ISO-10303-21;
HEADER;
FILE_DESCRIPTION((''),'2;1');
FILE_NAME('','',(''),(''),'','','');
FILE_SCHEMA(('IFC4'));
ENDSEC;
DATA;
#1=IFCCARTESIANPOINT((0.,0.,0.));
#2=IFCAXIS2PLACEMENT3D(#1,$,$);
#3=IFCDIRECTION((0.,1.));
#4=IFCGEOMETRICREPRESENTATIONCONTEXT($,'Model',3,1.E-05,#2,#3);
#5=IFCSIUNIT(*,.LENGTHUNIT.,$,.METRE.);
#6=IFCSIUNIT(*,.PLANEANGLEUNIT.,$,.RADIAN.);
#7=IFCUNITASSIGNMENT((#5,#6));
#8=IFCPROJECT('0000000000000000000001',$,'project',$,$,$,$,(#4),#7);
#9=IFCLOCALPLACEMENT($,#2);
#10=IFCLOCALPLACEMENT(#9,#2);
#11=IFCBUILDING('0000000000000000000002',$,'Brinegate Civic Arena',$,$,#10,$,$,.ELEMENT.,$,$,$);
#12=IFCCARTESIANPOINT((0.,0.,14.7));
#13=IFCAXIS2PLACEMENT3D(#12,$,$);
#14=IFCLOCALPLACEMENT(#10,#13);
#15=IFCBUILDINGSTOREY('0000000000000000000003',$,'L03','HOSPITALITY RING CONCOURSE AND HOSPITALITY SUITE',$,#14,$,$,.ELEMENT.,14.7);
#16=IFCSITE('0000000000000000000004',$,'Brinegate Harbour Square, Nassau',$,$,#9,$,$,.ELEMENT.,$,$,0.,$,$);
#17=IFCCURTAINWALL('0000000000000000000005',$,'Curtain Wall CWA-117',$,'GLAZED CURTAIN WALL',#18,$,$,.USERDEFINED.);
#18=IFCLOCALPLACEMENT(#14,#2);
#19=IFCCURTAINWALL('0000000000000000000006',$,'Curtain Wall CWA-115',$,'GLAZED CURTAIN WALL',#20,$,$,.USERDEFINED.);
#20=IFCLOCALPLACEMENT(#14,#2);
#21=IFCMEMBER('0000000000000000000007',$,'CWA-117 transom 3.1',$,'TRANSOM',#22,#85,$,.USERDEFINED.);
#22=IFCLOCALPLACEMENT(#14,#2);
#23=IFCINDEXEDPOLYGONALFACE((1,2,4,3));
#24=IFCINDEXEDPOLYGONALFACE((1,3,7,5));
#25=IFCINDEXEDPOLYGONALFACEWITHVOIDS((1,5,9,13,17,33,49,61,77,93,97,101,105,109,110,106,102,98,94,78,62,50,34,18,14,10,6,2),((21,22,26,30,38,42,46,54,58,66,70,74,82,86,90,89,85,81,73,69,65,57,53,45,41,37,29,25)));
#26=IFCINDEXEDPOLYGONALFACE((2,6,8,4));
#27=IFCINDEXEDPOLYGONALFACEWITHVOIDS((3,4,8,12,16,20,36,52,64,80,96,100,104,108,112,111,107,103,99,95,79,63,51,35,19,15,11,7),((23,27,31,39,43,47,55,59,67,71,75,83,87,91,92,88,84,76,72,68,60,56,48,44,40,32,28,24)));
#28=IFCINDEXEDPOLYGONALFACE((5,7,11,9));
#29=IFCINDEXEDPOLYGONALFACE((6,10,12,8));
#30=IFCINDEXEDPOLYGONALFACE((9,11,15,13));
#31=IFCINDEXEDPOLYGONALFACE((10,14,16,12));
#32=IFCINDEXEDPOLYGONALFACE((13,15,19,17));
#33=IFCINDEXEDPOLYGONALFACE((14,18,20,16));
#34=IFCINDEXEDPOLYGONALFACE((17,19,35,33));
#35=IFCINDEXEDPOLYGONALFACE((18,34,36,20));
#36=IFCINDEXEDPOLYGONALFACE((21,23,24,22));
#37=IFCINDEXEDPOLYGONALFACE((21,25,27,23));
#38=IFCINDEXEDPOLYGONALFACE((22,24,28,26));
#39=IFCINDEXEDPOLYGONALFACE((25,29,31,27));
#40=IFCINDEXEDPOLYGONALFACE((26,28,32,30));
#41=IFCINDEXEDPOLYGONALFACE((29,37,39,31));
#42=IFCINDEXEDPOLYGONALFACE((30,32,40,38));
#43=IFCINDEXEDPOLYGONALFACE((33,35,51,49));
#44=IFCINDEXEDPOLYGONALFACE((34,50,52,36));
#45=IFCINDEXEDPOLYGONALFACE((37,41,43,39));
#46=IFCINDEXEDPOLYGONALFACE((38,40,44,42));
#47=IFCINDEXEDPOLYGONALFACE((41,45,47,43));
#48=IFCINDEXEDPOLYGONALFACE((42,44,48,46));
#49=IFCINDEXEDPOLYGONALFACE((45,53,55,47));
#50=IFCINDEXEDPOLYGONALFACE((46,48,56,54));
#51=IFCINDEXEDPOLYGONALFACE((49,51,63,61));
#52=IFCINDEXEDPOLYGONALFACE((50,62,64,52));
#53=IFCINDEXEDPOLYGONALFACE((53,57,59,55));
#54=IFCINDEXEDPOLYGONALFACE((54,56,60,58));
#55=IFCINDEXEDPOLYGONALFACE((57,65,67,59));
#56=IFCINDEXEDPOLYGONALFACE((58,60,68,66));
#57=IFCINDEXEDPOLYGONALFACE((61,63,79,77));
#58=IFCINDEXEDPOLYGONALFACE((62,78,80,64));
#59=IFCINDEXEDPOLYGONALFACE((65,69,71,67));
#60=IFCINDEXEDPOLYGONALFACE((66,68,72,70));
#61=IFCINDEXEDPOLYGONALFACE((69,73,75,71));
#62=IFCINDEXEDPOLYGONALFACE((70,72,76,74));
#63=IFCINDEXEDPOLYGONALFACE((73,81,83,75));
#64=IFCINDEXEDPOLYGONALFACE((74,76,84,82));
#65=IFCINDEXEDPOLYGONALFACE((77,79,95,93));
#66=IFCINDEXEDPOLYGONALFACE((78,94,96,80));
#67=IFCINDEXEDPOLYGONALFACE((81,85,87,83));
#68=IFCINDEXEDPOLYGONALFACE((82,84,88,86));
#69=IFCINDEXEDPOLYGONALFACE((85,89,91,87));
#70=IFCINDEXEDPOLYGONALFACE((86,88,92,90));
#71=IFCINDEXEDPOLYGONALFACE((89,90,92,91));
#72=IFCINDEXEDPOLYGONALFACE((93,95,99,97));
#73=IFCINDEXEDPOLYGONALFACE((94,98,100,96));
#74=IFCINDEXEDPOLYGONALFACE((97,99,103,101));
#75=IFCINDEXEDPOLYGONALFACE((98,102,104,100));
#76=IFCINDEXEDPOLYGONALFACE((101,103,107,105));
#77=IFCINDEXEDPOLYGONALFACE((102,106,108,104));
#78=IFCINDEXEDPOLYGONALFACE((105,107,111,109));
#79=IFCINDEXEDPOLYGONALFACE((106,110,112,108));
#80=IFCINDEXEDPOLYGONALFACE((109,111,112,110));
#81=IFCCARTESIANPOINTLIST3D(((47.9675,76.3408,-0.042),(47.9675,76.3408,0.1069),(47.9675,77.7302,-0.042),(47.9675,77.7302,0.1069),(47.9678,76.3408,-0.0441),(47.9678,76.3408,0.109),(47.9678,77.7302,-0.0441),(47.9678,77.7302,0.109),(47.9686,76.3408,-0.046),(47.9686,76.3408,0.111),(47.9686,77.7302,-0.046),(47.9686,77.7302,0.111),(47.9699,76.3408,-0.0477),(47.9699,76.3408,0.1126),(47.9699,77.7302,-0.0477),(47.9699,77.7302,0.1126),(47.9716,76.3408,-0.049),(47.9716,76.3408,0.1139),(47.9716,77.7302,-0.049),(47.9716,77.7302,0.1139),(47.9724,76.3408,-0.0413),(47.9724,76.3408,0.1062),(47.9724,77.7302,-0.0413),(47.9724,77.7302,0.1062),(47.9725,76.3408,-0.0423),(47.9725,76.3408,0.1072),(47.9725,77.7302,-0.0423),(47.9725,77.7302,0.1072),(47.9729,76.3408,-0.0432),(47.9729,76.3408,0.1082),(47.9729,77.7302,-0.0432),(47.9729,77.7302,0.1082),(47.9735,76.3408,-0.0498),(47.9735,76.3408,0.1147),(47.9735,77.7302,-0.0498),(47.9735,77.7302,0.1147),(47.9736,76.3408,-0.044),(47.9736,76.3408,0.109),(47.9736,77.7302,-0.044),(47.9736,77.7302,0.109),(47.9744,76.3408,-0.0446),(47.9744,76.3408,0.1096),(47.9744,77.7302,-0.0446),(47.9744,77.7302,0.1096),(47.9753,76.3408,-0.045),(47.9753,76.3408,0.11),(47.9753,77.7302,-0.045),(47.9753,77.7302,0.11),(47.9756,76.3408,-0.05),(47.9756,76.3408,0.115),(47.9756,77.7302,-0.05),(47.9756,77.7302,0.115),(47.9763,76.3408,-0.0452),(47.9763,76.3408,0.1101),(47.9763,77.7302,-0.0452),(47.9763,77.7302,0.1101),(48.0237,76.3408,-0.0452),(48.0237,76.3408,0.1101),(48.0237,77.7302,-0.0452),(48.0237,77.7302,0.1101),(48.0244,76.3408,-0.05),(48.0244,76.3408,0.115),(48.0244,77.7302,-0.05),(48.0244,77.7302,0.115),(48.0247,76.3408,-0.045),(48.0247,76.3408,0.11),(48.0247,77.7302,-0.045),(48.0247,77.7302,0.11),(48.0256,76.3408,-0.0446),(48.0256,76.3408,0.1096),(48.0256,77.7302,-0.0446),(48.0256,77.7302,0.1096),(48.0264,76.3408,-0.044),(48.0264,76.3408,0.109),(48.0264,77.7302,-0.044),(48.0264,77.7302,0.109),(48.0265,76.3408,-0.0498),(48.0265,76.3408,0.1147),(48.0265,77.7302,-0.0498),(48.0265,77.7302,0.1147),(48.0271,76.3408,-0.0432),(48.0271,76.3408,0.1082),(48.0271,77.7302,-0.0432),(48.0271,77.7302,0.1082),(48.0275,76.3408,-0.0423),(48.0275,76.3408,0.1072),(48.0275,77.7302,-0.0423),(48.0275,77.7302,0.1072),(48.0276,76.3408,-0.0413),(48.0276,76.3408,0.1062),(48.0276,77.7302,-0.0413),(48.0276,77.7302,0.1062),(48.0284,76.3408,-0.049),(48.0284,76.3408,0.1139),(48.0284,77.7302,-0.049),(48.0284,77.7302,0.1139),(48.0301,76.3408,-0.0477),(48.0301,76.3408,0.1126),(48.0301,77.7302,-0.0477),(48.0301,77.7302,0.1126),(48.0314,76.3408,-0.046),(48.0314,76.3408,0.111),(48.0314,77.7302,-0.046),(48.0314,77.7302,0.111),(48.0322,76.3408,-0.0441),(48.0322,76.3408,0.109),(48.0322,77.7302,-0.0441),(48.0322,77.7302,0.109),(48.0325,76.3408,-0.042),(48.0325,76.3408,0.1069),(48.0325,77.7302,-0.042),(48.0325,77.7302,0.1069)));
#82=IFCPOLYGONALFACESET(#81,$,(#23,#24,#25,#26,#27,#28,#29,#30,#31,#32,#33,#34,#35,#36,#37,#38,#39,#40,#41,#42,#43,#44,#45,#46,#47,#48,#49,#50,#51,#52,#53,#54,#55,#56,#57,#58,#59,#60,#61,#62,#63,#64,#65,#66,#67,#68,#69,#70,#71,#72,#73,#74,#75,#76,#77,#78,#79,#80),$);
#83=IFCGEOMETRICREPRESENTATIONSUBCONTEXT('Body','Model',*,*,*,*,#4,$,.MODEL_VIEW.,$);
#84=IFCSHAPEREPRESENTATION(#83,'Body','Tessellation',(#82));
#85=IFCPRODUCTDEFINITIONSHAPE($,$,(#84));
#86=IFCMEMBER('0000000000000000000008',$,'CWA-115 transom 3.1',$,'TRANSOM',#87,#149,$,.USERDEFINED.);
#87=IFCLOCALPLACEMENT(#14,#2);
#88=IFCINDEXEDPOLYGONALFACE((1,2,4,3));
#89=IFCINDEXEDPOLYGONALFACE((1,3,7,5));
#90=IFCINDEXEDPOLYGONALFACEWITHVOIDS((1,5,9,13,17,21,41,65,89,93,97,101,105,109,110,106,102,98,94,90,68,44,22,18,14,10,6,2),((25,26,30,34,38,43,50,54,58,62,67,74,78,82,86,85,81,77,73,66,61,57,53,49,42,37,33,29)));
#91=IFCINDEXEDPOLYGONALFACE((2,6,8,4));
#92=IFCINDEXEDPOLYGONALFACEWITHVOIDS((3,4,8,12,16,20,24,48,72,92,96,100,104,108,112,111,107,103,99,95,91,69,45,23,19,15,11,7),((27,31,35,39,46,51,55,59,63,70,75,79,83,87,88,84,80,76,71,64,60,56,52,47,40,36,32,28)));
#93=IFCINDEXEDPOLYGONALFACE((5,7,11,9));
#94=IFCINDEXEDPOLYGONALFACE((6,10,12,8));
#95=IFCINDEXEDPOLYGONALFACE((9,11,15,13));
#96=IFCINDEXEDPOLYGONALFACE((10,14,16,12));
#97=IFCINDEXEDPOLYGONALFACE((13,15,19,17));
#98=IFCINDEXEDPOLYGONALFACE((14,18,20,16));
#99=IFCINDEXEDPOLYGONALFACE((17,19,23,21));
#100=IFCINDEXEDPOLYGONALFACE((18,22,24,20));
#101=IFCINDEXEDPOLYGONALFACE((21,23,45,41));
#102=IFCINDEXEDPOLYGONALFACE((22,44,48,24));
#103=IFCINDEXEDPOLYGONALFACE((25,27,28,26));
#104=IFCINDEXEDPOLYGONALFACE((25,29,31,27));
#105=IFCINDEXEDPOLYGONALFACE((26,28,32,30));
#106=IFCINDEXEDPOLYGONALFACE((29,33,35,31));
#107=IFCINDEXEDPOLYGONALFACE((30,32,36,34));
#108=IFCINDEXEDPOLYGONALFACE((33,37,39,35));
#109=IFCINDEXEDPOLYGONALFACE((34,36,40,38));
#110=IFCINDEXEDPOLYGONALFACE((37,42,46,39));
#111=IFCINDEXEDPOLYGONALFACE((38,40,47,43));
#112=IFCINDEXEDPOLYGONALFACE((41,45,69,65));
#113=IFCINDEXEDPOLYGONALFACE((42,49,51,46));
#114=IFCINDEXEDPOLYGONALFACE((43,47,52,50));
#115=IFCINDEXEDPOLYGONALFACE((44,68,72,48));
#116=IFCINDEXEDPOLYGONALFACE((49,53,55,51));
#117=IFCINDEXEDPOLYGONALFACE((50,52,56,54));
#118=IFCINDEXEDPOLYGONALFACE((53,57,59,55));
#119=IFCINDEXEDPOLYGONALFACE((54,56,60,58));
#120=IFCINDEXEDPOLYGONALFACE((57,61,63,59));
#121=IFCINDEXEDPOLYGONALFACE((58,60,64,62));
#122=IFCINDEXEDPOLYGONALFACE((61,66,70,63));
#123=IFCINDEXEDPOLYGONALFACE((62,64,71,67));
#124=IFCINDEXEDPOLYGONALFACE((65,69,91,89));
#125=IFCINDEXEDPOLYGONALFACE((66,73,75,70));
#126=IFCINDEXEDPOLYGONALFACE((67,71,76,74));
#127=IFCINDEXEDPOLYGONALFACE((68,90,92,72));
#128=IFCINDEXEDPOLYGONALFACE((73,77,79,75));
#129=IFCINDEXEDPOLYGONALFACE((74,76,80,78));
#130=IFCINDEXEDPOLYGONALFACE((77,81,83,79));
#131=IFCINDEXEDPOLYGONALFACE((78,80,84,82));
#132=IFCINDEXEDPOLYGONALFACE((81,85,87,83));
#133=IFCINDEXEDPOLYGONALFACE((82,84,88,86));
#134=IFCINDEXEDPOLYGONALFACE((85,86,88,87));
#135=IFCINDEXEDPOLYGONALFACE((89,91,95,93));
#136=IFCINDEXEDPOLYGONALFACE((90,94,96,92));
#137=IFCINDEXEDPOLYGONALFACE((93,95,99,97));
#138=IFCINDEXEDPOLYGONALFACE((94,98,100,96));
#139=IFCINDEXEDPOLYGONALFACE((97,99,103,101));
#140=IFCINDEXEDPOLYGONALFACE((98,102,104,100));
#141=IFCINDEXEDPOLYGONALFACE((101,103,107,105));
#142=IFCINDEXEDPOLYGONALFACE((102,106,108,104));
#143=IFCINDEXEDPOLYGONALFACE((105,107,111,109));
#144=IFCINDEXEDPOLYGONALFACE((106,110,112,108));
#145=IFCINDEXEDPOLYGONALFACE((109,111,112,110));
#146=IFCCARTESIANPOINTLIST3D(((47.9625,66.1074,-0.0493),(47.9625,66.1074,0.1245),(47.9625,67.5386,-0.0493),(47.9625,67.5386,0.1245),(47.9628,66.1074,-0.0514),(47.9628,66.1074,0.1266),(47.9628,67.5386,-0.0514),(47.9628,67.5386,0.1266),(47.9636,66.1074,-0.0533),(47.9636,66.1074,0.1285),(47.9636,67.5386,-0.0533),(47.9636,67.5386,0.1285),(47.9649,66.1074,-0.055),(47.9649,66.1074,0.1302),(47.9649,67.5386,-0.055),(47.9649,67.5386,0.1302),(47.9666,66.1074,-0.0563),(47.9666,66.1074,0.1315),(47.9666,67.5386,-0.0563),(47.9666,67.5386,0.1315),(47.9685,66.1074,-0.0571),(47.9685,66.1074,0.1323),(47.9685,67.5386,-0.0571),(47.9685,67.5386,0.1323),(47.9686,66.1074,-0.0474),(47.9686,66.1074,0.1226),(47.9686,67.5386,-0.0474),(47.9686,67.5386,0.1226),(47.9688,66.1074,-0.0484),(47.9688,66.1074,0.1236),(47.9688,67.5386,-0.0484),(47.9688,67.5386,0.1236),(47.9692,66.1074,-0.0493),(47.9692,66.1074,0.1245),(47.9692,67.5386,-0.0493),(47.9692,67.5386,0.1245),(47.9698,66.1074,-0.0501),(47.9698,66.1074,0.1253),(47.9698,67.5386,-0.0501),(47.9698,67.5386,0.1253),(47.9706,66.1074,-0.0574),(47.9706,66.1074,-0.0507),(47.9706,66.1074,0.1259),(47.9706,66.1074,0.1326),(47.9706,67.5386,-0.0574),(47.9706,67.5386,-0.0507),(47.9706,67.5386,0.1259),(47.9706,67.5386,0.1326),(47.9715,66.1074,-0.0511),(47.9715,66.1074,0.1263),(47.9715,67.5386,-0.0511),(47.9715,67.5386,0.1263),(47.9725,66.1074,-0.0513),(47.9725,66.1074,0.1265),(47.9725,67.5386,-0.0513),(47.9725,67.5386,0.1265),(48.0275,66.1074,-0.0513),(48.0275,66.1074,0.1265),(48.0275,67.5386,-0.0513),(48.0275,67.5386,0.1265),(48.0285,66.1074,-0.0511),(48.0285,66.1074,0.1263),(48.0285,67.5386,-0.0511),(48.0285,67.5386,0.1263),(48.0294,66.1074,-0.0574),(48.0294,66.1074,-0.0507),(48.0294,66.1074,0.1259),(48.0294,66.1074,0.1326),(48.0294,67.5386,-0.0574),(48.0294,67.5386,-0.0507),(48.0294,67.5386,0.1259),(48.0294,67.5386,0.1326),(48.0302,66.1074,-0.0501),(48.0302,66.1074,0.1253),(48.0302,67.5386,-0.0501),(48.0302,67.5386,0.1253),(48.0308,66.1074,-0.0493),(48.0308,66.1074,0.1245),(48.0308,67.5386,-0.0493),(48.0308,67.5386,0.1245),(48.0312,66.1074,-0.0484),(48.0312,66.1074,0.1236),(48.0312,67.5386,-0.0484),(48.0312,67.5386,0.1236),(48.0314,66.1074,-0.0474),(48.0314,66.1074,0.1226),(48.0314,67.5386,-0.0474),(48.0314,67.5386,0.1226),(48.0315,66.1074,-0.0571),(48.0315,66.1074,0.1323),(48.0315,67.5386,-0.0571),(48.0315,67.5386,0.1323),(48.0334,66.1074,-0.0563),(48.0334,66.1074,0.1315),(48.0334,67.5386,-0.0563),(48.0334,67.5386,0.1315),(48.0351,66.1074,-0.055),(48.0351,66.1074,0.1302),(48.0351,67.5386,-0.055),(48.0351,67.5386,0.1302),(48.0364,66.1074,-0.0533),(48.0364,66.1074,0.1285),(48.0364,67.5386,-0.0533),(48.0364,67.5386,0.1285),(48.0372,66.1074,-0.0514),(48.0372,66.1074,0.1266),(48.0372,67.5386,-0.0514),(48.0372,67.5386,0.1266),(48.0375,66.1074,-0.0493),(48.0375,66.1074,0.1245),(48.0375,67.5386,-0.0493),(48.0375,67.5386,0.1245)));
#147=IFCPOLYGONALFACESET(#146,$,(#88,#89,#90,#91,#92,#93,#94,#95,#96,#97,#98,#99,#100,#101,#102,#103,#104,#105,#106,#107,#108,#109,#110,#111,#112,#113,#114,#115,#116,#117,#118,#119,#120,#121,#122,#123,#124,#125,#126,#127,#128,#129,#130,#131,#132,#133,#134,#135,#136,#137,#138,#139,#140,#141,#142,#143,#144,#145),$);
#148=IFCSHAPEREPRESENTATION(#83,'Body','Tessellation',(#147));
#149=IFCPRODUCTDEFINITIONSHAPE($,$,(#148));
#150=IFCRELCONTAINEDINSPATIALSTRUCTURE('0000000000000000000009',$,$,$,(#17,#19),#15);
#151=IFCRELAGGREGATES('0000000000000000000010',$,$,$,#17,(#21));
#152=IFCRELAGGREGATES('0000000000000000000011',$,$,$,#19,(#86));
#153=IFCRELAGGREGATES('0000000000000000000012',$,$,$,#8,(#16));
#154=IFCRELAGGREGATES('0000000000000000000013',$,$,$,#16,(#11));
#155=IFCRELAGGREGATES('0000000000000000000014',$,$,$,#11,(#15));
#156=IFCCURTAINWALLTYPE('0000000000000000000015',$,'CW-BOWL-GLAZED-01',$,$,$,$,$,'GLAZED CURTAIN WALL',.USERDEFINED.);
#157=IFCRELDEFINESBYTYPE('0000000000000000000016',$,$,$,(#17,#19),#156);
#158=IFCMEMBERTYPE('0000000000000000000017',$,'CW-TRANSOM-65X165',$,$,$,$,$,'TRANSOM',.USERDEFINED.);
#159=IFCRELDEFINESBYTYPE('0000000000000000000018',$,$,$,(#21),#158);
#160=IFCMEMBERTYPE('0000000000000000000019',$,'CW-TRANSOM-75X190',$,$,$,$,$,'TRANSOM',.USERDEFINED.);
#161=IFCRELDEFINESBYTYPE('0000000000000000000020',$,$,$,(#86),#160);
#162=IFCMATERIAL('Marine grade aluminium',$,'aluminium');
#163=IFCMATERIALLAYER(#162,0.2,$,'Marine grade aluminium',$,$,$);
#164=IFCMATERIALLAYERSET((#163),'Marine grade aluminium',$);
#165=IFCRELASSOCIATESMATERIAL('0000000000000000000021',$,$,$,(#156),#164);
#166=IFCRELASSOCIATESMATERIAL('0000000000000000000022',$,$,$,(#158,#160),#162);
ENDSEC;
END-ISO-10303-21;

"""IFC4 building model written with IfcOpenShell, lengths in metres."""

from ifc_helpers import new_model, si_unit, direction, frame, origin, origin_2d, place, context, subcontext, project, spatial, hollow_rectangle, extrude, material, layer, layer_set, material_profile, profile_set, type_object, element, aggregate, save


model = new_model("IFC4")

# Units and contexts
model_context = context("Model", 3, precision=1e-05, world=origin(), true_north=direction((0.0, 1.0)))
body_context = subcontext(model_context, "Body", "Model", "MODEL_VIEW")
ifc_project = project(units=[si_unit("LENGTHUNIT", "METRE"), si_unit("PLANEANGLEUNIT", "RADIAN")], contexts=[model_context])

# Site, building, storey
site_placement = place(None, origin())
site = spatial("IfcSite", under=ifc_project, at=site_placement, Name="Brinegate Harbour Square, Nassau", CompositionType="ELEMENT", RefElevation=0.0)
building_placement = place(site_placement, origin())
building = spatial("IfcBuilding", under=site, at=building_placement, Name="Brinegate Civic Arena", CompositionType="ELEMENT")
storey_placement = place(building_placement, frame((0.0, 0.0, 14.7)))
storey = spatial("IfcBuildingStorey", under=building, at=storey_placement, Name="L03", Description="HOSPITALITY RING CONCOURSE AND HOSPITALITY SUITE", CompositionType="ELEMENT", Elevation=14.7)

# Curtain walls
ifc_material_1 = material(Name="Marine grade aluminium", Category="aluminium")
ifc_layer_1 = layer(ifc_material_1, 0.2, Name="Marine grade aluminium")
ifc_layer_set_1 = layer_set([ifc_layer_1], Name="Marine grade aluminium")
curtain_wall_type = type_object("IfcCurtainWallType", Name="CW-BOWL-GLAZED-01", ElementType="GLAZED CURTAIN WALL", PredefinedType="USERDEFINED", material=ifc_layer_set_1)
curtain_wall_1_placement = place(storey_placement, origin())
curtain_wall_1 = element("IfcCurtainWall", 1, at=curtain_wall_1_placement, inside=storey, type_object=curtain_wall_type, Name="Curtain Wall CWA-117", ObjectType="GLAZED CURTAIN WALL", PredefinedType="USERDEFINED")
curtain_wall_2_placement = place(storey_placement, origin())
curtain_wall_2 = element("IfcCurtainWall", 2, at=curtain_wall_2_placement, inside=storey, type_object=curtain_wall_type, Name="Curtain Wall CWA-115", ObjectType="GLAZED CURTAIN WALL", PredefinedType="USERDEFINED")

# Members
ifc_material_profile_1 = material_profile(ifc_material_1, hollow_rectangle(XDim=0.0649, YDim=0.165, WallThickness=0.0049, InnerFilletRadius=0.0039, OuterFilletRadius=0.0081, at=origin_2d()), Name="TRN65X165")
ifc_profile_set_1 = profile_set([ifc_material_profile_1], Name="Marine grade aluminium")
member_type_1 = type_object("IfcMemberType", Name="CW-TRANSOM-65X165", ElementType="TRANSOM", PredefinedType="USERDEFINED", material=ifc_profile_set_1)
member_1_placement = place(storey_placement, frame((48.0, 76.3408, 0.0325), z_axis=(0.0, 1.0, 0.0), x_axis=(-1.0, 0.0, 0.0)))
member_1 = element("IfcMember", 3, at=member_1_placement, type_object=member_type_1, Name="CWA-117 transom 3.1", ObjectType="TRANSOM", PredefinedType="USERDEFINED", context=body_context, shape_type="SweptSolid", body=[
    extrude(hollow_rectangle(XDim=0.0649, YDim=0.165, WallThickness=0.0049, InnerFilletRadius=0.0039, OuterFilletRadius=0.0081, at=origin_2d()), origin(), (0.0, 0.0, 1.0), 1.3894),
])
ifc_material_profile_2 = material_profile(ifc_material_1, hollow_rectangle(XDim=0.075, YDim=0.1899, WallThickness=0.0061, InnerFilletRadius=0.0039, OuterFilletRadius=0.0081, at=origin_2d()), Name="TRN75X190")
ifc_profile_set_2 = profile_set([ifc_material_profile_2], Name="Marine grade aluminium")
member_type_2 = type_object("IfcMemberType", Name="CW-TRANSOM-75X190", ElementType="TRANSOM", PredefinedType="USERDEFINED", material=ifc_profile_set_2)
member_2_placement = place(storey_placement, frame((48.0, 66.1074, 0.0376), z_axis=(0.0, 1.0, 0.0), x_axis=(-1.0, 0.0, 0.0)))
member_2 = element("IfcMember", 4, at=member_2_placement, type_object=member_type_2, Name="CWA-115 transom 3.1", ObjectType="TRANSOM", PredefinedType="USERDEFINED", context=body_context, shape_type="SweptSolid", body=[
    extrude(hollow_rectangle(XDim=0.075, YDim=0.1899, WallThickness=0.0061, InnerFilletRadius=0.0039, OuterFilletRadius=0.0081, at=origin_2d()), origin(), (0.0, 0.0, 1.0), 1.4312),
])

aggregate(curtain_wall_1, [member_1])
aggregate(curtain_wall_2, [member_2])

save(model, "model.ifc")
